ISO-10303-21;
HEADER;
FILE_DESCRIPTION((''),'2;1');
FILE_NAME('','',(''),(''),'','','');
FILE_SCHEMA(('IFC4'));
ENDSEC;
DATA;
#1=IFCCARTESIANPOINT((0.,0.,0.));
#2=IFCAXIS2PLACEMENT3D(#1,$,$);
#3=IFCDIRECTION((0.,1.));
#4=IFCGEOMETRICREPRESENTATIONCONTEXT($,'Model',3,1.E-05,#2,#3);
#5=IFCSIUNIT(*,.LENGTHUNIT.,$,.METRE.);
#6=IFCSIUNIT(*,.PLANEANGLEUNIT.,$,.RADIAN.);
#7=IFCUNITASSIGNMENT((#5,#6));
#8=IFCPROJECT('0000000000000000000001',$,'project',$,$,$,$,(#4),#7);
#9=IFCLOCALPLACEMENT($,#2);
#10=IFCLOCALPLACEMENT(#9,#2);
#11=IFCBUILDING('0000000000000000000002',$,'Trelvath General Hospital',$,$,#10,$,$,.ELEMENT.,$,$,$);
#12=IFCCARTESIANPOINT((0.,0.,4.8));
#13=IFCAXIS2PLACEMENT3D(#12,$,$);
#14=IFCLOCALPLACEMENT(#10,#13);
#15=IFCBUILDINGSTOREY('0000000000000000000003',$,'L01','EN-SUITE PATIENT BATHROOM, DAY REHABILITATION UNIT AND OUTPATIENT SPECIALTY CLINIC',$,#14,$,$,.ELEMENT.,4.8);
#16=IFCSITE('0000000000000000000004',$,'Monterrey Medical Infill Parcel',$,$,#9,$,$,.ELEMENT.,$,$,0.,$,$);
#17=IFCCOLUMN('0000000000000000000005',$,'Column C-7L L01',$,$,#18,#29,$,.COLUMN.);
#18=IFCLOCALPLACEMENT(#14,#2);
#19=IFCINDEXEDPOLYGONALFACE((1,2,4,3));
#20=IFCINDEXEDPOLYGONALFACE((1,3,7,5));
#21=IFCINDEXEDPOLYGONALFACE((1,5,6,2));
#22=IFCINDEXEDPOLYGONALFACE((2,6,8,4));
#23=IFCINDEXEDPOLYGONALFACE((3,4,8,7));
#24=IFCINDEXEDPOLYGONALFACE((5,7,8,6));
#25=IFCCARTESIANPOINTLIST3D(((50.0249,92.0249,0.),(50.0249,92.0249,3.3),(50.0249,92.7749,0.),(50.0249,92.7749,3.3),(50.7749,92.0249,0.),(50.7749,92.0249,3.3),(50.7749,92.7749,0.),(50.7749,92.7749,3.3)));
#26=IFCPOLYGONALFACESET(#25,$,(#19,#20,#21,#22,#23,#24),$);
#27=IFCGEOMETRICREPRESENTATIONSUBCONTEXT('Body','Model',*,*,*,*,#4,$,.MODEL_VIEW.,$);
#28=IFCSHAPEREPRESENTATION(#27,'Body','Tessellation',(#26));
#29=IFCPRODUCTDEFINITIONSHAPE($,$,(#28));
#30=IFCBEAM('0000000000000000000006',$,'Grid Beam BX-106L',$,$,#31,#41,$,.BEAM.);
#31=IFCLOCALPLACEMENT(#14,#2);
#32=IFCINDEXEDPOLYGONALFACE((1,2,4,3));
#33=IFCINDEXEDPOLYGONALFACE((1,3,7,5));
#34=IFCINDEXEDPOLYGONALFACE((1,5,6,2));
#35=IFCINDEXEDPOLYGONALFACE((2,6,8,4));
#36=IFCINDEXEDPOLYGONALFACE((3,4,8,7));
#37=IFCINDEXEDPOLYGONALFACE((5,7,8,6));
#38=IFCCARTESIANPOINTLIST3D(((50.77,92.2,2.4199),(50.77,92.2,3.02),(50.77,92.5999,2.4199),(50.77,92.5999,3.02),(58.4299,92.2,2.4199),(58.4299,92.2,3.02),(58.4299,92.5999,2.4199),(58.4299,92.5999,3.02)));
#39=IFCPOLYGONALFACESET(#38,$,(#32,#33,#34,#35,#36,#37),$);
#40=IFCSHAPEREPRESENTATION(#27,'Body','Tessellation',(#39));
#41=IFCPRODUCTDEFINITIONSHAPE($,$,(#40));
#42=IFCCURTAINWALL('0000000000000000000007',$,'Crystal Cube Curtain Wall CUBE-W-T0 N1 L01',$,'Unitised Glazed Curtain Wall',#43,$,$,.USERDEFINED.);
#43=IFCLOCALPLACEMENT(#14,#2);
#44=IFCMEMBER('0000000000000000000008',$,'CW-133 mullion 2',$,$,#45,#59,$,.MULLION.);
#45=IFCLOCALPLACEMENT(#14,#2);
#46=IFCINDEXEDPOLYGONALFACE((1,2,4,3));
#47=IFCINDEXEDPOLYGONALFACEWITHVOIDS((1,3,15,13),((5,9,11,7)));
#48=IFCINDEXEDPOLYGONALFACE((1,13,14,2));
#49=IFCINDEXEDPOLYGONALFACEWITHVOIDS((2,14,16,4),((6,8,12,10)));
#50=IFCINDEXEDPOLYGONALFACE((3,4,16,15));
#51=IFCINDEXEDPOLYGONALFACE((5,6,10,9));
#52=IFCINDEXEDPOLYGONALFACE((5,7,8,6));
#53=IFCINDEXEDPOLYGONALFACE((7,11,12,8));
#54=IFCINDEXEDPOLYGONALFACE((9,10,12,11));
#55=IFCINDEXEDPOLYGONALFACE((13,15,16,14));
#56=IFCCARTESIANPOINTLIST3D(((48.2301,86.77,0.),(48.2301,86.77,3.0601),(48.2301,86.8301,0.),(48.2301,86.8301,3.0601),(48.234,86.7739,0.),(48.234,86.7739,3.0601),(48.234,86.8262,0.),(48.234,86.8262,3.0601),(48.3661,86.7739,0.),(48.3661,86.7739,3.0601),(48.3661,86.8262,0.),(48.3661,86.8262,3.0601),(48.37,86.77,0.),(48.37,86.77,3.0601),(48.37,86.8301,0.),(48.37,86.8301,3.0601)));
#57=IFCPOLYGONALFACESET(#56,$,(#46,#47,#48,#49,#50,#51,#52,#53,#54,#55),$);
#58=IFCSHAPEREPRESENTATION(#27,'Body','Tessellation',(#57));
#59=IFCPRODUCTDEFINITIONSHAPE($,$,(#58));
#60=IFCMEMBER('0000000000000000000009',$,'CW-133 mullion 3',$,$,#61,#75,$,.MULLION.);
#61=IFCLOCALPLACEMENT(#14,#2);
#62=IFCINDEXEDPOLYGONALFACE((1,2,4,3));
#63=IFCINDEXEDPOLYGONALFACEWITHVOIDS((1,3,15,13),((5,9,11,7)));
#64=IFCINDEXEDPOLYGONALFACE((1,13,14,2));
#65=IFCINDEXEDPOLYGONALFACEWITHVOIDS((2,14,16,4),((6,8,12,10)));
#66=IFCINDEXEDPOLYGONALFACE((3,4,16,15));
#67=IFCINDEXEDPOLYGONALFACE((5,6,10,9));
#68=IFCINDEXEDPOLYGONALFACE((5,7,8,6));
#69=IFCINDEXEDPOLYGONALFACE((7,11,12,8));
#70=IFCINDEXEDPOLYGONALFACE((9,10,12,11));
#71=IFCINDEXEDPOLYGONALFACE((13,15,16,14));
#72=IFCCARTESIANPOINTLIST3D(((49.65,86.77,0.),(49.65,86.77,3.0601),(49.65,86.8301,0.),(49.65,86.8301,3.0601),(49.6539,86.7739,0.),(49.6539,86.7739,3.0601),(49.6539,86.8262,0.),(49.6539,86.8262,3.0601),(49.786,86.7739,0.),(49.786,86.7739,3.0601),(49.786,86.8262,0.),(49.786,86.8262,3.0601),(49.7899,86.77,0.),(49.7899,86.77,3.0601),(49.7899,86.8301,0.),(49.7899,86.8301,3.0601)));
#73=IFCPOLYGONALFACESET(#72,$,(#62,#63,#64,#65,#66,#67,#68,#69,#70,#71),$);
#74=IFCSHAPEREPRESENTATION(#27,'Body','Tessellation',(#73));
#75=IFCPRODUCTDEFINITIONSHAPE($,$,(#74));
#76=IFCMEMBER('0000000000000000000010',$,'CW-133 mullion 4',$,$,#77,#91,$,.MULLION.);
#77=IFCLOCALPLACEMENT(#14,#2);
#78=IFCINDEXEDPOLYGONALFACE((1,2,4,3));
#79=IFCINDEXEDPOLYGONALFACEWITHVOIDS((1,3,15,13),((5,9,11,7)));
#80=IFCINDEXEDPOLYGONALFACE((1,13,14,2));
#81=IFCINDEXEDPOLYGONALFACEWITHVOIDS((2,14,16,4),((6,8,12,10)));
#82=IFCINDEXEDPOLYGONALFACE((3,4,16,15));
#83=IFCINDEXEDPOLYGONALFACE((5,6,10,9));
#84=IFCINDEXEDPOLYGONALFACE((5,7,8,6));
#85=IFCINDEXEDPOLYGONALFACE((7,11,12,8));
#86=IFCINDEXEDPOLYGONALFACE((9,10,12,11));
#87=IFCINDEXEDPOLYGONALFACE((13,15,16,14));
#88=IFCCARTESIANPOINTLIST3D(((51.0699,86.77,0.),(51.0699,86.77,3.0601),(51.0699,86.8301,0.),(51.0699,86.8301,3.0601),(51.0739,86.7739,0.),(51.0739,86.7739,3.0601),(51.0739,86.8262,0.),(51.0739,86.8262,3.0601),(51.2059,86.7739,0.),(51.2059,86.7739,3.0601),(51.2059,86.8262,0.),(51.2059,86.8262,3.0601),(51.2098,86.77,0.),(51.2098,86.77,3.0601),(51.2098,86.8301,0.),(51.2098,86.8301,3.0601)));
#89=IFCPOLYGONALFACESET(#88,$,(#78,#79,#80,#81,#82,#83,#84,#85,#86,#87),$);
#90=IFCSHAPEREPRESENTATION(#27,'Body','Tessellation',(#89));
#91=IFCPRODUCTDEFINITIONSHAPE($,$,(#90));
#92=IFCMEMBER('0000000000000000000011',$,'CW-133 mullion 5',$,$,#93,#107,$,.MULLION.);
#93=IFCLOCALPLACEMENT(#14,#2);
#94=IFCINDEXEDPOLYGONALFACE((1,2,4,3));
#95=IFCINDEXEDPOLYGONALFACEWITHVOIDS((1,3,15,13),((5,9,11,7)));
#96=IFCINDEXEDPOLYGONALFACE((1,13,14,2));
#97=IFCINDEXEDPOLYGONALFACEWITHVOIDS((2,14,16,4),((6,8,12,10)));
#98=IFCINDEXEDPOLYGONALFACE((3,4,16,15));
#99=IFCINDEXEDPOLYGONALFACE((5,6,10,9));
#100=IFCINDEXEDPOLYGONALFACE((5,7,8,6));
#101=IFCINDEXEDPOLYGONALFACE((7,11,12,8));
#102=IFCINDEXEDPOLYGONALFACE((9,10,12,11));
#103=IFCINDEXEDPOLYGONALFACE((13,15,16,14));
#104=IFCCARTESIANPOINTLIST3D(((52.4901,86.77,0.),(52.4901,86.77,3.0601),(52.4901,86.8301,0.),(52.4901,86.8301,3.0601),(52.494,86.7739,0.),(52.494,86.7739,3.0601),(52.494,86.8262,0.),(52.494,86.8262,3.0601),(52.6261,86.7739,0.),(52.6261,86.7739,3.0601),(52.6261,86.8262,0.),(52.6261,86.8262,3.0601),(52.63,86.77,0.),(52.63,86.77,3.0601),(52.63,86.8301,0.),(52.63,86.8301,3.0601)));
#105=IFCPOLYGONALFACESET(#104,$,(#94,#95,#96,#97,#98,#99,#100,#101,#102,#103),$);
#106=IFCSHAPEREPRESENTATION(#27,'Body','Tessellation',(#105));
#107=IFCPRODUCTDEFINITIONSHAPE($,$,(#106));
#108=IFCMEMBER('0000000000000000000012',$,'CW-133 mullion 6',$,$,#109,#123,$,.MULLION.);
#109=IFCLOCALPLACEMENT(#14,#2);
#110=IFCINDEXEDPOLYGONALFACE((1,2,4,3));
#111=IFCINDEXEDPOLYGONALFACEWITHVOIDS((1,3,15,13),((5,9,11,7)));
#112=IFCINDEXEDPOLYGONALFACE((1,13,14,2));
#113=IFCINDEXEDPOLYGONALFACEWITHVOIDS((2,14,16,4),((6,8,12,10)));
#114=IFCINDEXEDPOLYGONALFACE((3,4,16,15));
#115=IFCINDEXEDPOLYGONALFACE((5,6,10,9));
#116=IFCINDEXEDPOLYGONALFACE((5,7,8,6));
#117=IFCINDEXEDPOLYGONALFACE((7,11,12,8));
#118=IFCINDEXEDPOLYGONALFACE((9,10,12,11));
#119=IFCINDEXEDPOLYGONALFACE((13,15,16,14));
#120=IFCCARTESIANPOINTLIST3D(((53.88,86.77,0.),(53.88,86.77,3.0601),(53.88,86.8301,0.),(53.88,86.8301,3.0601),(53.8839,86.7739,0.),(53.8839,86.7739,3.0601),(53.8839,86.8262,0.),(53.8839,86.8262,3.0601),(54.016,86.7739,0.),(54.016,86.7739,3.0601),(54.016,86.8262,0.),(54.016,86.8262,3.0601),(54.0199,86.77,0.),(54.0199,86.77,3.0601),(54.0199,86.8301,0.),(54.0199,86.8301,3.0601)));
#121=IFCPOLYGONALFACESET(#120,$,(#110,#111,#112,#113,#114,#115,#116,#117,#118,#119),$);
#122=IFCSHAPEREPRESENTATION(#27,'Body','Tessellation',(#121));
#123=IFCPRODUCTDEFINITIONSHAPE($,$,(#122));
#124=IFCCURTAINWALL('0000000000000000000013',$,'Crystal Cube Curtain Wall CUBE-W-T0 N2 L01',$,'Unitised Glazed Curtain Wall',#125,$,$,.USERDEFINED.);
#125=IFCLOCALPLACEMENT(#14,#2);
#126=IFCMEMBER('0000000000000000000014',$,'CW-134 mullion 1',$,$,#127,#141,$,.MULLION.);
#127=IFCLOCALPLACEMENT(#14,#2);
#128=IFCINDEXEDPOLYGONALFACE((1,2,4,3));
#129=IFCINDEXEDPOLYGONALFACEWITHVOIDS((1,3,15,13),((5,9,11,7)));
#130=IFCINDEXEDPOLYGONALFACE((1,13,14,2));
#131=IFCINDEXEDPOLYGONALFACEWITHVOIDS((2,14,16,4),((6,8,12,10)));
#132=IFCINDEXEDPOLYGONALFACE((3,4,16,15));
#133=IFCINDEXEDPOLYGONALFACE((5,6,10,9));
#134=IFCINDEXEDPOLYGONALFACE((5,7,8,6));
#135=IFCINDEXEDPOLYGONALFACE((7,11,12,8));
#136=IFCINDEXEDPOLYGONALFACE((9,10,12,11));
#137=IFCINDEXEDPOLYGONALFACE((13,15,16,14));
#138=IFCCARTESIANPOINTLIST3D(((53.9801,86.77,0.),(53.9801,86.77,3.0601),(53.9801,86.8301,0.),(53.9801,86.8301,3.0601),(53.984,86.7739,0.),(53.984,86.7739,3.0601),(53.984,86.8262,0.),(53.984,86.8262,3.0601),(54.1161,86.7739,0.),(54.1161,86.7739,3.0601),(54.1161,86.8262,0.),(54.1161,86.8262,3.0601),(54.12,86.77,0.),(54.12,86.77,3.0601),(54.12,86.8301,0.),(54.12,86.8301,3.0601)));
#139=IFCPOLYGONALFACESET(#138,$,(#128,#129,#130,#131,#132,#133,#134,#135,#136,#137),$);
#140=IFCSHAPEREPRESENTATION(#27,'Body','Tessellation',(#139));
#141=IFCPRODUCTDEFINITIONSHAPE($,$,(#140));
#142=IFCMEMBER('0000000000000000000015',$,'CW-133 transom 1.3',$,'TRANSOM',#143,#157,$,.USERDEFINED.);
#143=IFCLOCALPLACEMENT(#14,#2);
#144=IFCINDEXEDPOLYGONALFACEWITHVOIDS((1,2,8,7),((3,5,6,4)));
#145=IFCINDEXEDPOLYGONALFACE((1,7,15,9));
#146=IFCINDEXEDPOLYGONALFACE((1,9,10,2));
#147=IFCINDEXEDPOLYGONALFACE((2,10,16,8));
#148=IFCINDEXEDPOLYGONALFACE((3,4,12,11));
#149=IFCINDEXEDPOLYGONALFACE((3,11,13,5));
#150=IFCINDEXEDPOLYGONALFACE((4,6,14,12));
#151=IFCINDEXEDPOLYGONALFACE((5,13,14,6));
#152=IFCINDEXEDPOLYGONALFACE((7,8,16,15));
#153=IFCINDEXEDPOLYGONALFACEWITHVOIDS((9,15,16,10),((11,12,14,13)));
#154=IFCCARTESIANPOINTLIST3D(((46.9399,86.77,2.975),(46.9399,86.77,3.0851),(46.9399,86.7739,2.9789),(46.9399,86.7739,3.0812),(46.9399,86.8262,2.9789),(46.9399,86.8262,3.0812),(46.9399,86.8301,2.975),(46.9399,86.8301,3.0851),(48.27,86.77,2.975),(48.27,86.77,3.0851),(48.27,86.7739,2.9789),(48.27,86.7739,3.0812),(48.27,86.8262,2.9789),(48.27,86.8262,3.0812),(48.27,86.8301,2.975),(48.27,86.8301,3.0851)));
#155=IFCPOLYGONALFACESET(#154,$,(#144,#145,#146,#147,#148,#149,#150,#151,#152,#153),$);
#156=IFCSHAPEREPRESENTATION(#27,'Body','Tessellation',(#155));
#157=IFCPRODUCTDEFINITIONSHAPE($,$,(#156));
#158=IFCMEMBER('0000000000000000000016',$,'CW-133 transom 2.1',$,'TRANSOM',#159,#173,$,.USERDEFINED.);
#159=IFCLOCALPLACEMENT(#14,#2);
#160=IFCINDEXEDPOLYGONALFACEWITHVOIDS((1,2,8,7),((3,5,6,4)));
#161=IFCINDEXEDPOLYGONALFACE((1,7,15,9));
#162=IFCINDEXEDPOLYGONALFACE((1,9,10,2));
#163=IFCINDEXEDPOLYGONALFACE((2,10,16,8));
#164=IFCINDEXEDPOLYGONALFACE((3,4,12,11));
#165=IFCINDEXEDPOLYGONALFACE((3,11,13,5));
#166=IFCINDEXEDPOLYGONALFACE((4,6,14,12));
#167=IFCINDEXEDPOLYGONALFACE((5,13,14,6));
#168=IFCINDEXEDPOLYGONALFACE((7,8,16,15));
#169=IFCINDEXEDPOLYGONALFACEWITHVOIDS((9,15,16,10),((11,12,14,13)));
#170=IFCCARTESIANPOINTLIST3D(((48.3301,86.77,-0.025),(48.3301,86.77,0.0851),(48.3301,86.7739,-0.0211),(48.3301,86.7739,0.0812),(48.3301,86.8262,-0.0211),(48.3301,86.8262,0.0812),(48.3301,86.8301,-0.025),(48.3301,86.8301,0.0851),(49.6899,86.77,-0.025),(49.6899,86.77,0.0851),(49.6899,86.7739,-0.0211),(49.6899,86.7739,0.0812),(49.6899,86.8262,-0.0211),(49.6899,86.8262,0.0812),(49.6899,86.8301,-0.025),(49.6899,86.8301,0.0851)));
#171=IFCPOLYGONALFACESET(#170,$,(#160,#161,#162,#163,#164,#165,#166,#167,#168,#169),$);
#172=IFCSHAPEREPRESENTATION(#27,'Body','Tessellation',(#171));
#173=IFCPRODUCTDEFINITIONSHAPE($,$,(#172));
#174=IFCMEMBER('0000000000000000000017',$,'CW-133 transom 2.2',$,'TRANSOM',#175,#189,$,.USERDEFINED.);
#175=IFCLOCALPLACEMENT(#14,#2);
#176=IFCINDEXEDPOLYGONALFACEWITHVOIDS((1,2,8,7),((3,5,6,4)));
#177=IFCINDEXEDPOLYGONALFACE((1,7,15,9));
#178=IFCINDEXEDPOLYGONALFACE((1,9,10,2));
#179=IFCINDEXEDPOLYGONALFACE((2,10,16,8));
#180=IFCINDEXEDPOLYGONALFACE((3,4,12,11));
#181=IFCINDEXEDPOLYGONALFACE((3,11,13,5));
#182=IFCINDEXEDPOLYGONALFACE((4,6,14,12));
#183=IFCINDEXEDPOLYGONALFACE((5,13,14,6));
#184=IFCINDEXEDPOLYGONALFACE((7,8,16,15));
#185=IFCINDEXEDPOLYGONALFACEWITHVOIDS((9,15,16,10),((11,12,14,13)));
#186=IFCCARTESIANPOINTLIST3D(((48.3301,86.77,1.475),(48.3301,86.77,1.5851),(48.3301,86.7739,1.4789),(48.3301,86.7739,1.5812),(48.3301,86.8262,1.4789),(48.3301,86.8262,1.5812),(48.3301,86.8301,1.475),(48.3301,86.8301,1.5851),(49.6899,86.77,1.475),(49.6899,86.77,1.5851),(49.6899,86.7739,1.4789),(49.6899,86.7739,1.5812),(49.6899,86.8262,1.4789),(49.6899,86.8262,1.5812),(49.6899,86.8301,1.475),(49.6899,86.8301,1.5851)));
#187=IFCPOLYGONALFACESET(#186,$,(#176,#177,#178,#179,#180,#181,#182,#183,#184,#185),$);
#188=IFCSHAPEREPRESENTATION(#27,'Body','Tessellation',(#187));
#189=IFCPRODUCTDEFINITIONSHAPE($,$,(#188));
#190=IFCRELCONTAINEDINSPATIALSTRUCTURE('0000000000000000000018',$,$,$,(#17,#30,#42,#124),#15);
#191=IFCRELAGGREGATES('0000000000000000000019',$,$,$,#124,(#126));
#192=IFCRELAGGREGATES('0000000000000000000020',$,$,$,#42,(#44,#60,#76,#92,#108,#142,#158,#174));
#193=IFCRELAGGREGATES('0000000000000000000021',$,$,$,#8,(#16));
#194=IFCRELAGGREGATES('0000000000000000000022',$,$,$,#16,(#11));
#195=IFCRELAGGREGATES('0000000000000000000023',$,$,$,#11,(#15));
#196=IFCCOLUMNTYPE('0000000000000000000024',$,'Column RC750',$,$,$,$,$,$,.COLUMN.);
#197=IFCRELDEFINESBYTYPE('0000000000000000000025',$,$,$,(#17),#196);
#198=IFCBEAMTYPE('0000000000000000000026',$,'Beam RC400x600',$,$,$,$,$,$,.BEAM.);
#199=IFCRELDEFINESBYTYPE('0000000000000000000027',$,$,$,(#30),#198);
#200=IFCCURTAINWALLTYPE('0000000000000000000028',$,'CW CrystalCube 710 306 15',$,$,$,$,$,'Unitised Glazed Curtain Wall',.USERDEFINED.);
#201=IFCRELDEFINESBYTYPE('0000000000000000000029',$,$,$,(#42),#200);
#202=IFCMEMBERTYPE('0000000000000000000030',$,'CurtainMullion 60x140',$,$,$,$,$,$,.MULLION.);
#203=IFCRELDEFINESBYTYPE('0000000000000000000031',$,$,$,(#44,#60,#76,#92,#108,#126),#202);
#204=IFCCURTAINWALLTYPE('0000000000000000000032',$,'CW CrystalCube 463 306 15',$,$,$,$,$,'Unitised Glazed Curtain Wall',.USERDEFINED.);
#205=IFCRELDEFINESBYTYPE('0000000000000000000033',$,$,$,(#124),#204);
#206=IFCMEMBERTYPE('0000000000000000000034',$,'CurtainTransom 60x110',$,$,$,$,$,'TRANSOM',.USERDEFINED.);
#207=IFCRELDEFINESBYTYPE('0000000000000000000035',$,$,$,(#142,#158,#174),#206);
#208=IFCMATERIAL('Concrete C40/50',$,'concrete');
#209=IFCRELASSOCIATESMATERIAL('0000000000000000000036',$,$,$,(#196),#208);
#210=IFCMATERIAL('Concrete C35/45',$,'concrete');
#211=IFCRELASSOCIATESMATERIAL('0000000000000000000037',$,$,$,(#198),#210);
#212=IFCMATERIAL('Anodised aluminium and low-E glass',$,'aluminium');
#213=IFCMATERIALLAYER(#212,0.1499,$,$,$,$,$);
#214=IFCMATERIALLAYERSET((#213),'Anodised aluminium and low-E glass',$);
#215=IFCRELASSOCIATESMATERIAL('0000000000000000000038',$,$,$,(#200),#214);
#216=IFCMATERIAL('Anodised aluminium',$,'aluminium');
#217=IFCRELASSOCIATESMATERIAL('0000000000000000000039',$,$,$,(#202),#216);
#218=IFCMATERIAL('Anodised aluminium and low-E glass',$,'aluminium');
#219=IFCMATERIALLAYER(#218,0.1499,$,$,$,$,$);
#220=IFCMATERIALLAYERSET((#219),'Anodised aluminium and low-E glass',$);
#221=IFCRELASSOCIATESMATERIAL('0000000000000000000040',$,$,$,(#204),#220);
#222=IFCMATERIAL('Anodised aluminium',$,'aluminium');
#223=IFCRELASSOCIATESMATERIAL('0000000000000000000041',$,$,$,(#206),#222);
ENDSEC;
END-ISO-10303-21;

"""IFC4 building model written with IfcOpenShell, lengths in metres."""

from ifc_helpers import new_model, si_unit, direction, frame, origin, origin_2d, place, context, subcontext, project, spatial, rectangle, hollow_rectangle, extrude, material, layer, layer_set, material_profile, profile_set, type_object, element, aggregate, save


model = new_model("IFC4")

# Units and contexts
model_context = context("Model", 3, precision=1e-05, world=origin(), true_north=direction((0.0, 1.0)))
body_context = subcontext(model_context, "Body", "Model", "MODEL_VIEW")
ifc_project = project(units=[si_unit("LENGTHUNIT", "METRE"), si_unit("PLANEANGLEUNIT", "RADIAN")], contexts=[model_context])

# Site, building, storey
site_placement = place(None, origin())
site = spatial("IfcSite", under=ifc_project, at=site_placement, Name="Monterrey Medical Infill Parcel", CompositionType="ELEMENT", RefElevation=0.0)
building_placement = place(site_placement, origin())
building = spatial("IfcBuilding", under=site, at=building_placement, Name="Trelvath General Hospital", CompositionType="ELEMENT")
storey_placement = place(building_placement, frame((0.0, 0.0, 4.8)))
storey = spatial("IfcBuildingStorey", under=building, at=storey_placement, Name="L01", Description="EN-SUITE PATIENT BATHROOM, DAY REHABILITATION UNIT AND OUTPATIENT SPECIALTY CLINIC", CompositionType="ELEMENT", Elevation=4.8)

# Column
ifc_material_1 = material(Name="Concrete C40/50", Category="concrete")
ifc_material_profile_1 = material_profile(ifc_material_1, rectangle(XDim=0.75, YDim=0.75, at=origin_2d()), Name="RC750x750")
ifc_profile_set_1 = profile_set([ifc_material_profile_1], Name="Concrete C40/50")
column_type = type_object("IfcColumnType", Name="Column RC750", PredefinedType="COLUMN", material=ifc_profile_set_1)
column_placement = place(storey_placement, frame((50.3999, 92.3999, 0.0), z_axis=(0.0, 0.0, 1.0), x_axis=(1.0, 0.0, 0.0)))
element("IfcColumn", 1, at=column_placement, inside=storey, type_object=column_type, Name="Column C-7L L01", PredefinedType="COLUMN", context=body_context, shape_type="SweptSolid", body=[
    extrude(rectangle(XDim=0.75, YDim=0.75, at=origin_2d()), origin(), (0.0, 0.0, 1.0), 3.3),
])

# Beam
ifc_material_2 = material(Name="Concrete C35/45", Category="concrete")
ifc_material_profile_2 = material_profile(ifc_material_2, rectangle(XDim=0.3999, YDim=0.6001, at=origin_2d()), Name="RCB400x600")
ifc_profile_set_2 = profile_set([ifc_material_profile_2], Name="Concrete C35/45")
beam_type = type_object("IfcBeamType", Name="Beam RC400x600", PredefinedType="BEAM", material=ifc_profile_set_2)
beam_placement = place(storey_placement, frame((50.77, 92.3999, 2.72), z_axis=(1.0, 0.0, 0.0), x_axis=(0.0, 1.0, 0.0)))
element("IfcBeam", 2, at=beam_placement, inside=storey, type_object=beam_type, Name="Grid Beam BX-106L", PredefinedType="BEAM", context=body_context, shape_type="SweptSolid", body=[
    extrude(rectangle(XDim=0.3999, YDim=0.6001, at=origin_2d()), origin(), (0.0, 0.0, 1.0), 7.6599),
])

# Curtain wall, members
ifc_material_3 = material(Name="Anodised aluminium and low-E glass", Category="aluminium")
ifc_layer_1 = layer(ifc_material_3, 0.1499)
ifc_layer_set_1 = layer_set([ifc_layer_1], Name="Anodised aluminium and low-E glass")
curtain_wall_type_1 = type_object("IfcCurtainWallType", Name="CW CrystalCube 710 306 15", ElementType="Unitised Glazed Curtain Wall", PredefinedType="USERDEFINED", material=ifc_layer_set_1)
curtain_wall_1_placement = place(storey_placement, origin())
curtain_wall_1 = element("IfcCurtainWall", 3, at=curtain_wall_1_placement, inside=storey, type_object=curtain_wall_type_1, Name="Crystal Cube Curtain Wall CUBE-W-T0 N1 L01", ObjectType="Unitised Glazed Curtain Wall", PredefinedType="USERDEFINED")
ifc_material_4 = material(Name="Anodised aluminium", Category="aluminium")
ifc_material_profile_3 = material_profile(ifc_material_4, hollow_rectangle(XDim=0.0601, YDim=0.1399, WallThickness=0.0039, at=origin_2d()), Name="RHS60x140x4")
ifc_profile_set_3 = profile_set([ifc_material_profile_3], Name="Anodised aluminium")
member_type_1 = type_object("IfcMemberType", Name="CurtainMullion 60x140", PredefinedType="MULLION", material=ifc_profile_set_3)
member_1_placement = place(storey_placement, frame((48.3, 86.8, 0.0), z_axis=(0.0, 0.0, 1.0), x_axis=(0.0, 1.0, 0.0)))
member_1 = element("IfcMember", 4, at=member_1_placement, type_object=member_type_1, Name="CW-133 mullion 2", PredefinedType="MULLION", context=body_context, shape_type="SweptSolid", body=[
    extrude(hollow_rectangle(XDim=0.0601, YDim=0.1399, WallThickness=0.0039, at=origin_2d()), origin(), (0.0, 0.0, 1.0), 3.0601),
])
member_2_placement = place(storey_placement, frame((49.72, 86.8, 0.0), z_axis=(0.0, 0.0, 1.0), x_axis=(0.0, 1.0, 0.0)))
member_2 = element("IfcMember", 5, at=member_2_placement, type_object=member_type_1, Name="CW-133 mullion 3", PredefinedType="MULLION", context=body_context, shape_type="SweptSolid", body=[
    extrude(hollow_rectangle(XDim=0.0601, YDim=0.1399, WallThickness=0.0039, at=origin_2d()), origin(), (0.0, 0.0, 1.0), 3.0601),
])
member_3_placement = place(storey_placement, frame((51.1399, 86.8, 0.0), z_axis=(0.0, 0.0, 1.0), x_axis=(0.0, 1.0, 0.0)))
member_3 = element("IfcMember", 6, at=member_3_placement, type_object=member_type_1, Name="CW-133 mullion 4", PredefinedType="MULLION", context=body_context, shape_type="SweptSolid", body=[
    extrude(hollow_rectangle(XDim=0.0601, YDim=0.1399, WallThickness=0.0039, at=origin_2d()), origin(), (0.0, 0.0, 1.0), 3.0601),
])
member_4_placement = place(storey_placement, frame((52.5601, 86.8, 0.0), z_axis=(0.0, 0.0, 1.0), x_axis=(0.0, 1.0, 0.0)))
member_4 = element("IfcMember", 7, at=member_4_placement, type_object=member_type_1, Name="CW-133 mullion 5", PredefinedType="MULLION", context=body_context, shape_type="SweptSolid", body=[
    extrude(hollow_rectangle(XDim=0.0601, YDim=0.1399, WallThickness=0.0039, at=origin_2d()), origin(), (0.0, 0.0, 1.0), 3.0601),
])
member_5_placement = place(storey_placement, frame((53.95, 86.8, 0.0), z_axis=(0.0, 0.0, 1.0), x_axis=(0.0, 1.0, 0.0)))
member_5 = element("IfcMember", 8, at=member_5_placement, type_object=member_type_1, Name="CW-133 mullion 6", PredefinedType="MULLION", context=body_context, shape_type="SweptSolid", body=[
    extrude(hollow_rectangle(XDim=0.0601, YDim=0.1399, WallThickness=0.0039, at=origin_2d()), origin(), (0.0, 0.0, 1.0), 3.0601),
])

# Curtain wall, member
ifc_material_5 = material(Name="Anodised aluminium and low-E glass", Category="aluminium")
ifc_layer_2 = layer(ifc_material_5, 0.1499)
ifc_layer_set_2 = layer_set([ifc_layer_2], Name="Anodised aluminium and low-E glass")
curtain_wall_type_2 = type_object("IfcCurtainWallType", Name="CW CrystalCube 463 306 15", ElementType="Unitised Glazed Curtain Wall", PredefinedType="USERDEFINED", material=ifc_layer_set_2)
curtain_wall_2_placement = place(storey_placement, origin())
curtain_wall_2 = element("IfcCurtainWall", 9, at=curtain_wall_2_placement, inside=storey, type_object=curtain_wall_type_2, Name="Crystal Cube Curtain Wall CUBE-W-T0 N2 L01", ObjectType="Unitised Glazed Curtain Wall", PredefinedType="USERDEFINED")
member_6_placement = place(storey_placement, frame((54.05, 86.8, 0.0), z_axis=(0.0, 0.0, 1.0), x_axis=(0.0, 1.0, 0.0)))
member_6 = element("IfcMember", 10, at=member_6_placement, type_object=member_type_1, Name="CW-134 mullion 1", PredefinedType="MULLION", context=body_context, shape_type="SweptSolid", body=[
    extrude(hollow_rectangle(XDim=0.0601, YDim=0.1399, WallThickness=0.0039, at=origin_2d()), origin(), (0.0, 0.0, 1.0), 3.0601),
])

# Members
ifc_material_6 = material(Name="Anodised aluminium", Category="aluminium")
ifc_material_profile_4 = material_profile(ifc_material_6, hollow_rectangle(XDim=0.0601, YDim=0.1101, WallThickness=0.0039, at=origin_2d()), Name="RHS60x110x4")
ifc_profile_set_4 = profile_set([ifc_material_profile_4], Name="Anodised aluminium")
member_type_2 = type_object("IfcMemberType", Name="CurtainTransom 60x110", ElementType="TRANSOM", PredefinedType="USERDEFINED", material=ifc_profile_set_4)
member_7_placement = place(storey_placement, frame((46.9399, 86.8, 3.03), z_axis=(1.0, 0.0, 0.0), x_axis=(0.0, 1.0, 0.0)))
member_7 = element("IfcMember", 11, at=member_7_placement, type_object=member_type_2, Name="CW-133 transom 1.3", ObjectType="TRANSOM", PredefinedType="USERDEFINED", context=body_context, shape_type="SweptSolid", body=[
    extrude(hollow_rectangle(XDim=0.0601, YDim=0.1101, WallThickness=0.0039, at=origin_2d()), origin(), (0.0, 0.0, 1.0), 1.3301),
])
member_8_placement = place(storey_placement, frame((48.3301, 86.8, 0.03), z_axis=(1.0, 0.0, 0.0), x_axis=(0.0, 1.0, 0.0)))
member_8 = element("IfcMember", 12, at=member_8_placement, type_object=member_type_2, Name="CW-133 transom 2.1", ObjectType="TRANSOM", PredefinedType="USERDEFINED", context=body_context, shape_type="SweptSolid", body=[
    extrude(hollow_rectangle(XDim=0.0601, YDim=0.1101, WallThickness=0.0039, at=origin_2d()), origin(), (0.0, 0.0, 1.0), 1.3599),
])
member_9_placement = place(storey_placement, frame((48.3301, 86.8, 1.53), z_axis=(1.0, 0.0, 0.0), x_axis=(0.0, 1.0, 0.0)))
member_9 = element("IfcMember", 13, at=member_9_placement, type_object=member_type_2, Name="CW-133 transom 2.2", ObjectType="TRANSOM", PredefinedType="USERDEFINED", context=body_context, shape_type="SweptSolid", body=[
    extrude(hollow_rectangle(XDim=0.0601, YDim=0.1101, WallThickness=0.0039, at=origin_2d()), origin(), (0.0, 0.0, 1.0), 1.3599),
])
aggregate(curtain_wall_2, [member_6])

aggregate(curtain_wall_1, [member_1, member_2, member_3, member_4, member_5, member_7, member_8, member_9])

save(model, "model.ifc")
